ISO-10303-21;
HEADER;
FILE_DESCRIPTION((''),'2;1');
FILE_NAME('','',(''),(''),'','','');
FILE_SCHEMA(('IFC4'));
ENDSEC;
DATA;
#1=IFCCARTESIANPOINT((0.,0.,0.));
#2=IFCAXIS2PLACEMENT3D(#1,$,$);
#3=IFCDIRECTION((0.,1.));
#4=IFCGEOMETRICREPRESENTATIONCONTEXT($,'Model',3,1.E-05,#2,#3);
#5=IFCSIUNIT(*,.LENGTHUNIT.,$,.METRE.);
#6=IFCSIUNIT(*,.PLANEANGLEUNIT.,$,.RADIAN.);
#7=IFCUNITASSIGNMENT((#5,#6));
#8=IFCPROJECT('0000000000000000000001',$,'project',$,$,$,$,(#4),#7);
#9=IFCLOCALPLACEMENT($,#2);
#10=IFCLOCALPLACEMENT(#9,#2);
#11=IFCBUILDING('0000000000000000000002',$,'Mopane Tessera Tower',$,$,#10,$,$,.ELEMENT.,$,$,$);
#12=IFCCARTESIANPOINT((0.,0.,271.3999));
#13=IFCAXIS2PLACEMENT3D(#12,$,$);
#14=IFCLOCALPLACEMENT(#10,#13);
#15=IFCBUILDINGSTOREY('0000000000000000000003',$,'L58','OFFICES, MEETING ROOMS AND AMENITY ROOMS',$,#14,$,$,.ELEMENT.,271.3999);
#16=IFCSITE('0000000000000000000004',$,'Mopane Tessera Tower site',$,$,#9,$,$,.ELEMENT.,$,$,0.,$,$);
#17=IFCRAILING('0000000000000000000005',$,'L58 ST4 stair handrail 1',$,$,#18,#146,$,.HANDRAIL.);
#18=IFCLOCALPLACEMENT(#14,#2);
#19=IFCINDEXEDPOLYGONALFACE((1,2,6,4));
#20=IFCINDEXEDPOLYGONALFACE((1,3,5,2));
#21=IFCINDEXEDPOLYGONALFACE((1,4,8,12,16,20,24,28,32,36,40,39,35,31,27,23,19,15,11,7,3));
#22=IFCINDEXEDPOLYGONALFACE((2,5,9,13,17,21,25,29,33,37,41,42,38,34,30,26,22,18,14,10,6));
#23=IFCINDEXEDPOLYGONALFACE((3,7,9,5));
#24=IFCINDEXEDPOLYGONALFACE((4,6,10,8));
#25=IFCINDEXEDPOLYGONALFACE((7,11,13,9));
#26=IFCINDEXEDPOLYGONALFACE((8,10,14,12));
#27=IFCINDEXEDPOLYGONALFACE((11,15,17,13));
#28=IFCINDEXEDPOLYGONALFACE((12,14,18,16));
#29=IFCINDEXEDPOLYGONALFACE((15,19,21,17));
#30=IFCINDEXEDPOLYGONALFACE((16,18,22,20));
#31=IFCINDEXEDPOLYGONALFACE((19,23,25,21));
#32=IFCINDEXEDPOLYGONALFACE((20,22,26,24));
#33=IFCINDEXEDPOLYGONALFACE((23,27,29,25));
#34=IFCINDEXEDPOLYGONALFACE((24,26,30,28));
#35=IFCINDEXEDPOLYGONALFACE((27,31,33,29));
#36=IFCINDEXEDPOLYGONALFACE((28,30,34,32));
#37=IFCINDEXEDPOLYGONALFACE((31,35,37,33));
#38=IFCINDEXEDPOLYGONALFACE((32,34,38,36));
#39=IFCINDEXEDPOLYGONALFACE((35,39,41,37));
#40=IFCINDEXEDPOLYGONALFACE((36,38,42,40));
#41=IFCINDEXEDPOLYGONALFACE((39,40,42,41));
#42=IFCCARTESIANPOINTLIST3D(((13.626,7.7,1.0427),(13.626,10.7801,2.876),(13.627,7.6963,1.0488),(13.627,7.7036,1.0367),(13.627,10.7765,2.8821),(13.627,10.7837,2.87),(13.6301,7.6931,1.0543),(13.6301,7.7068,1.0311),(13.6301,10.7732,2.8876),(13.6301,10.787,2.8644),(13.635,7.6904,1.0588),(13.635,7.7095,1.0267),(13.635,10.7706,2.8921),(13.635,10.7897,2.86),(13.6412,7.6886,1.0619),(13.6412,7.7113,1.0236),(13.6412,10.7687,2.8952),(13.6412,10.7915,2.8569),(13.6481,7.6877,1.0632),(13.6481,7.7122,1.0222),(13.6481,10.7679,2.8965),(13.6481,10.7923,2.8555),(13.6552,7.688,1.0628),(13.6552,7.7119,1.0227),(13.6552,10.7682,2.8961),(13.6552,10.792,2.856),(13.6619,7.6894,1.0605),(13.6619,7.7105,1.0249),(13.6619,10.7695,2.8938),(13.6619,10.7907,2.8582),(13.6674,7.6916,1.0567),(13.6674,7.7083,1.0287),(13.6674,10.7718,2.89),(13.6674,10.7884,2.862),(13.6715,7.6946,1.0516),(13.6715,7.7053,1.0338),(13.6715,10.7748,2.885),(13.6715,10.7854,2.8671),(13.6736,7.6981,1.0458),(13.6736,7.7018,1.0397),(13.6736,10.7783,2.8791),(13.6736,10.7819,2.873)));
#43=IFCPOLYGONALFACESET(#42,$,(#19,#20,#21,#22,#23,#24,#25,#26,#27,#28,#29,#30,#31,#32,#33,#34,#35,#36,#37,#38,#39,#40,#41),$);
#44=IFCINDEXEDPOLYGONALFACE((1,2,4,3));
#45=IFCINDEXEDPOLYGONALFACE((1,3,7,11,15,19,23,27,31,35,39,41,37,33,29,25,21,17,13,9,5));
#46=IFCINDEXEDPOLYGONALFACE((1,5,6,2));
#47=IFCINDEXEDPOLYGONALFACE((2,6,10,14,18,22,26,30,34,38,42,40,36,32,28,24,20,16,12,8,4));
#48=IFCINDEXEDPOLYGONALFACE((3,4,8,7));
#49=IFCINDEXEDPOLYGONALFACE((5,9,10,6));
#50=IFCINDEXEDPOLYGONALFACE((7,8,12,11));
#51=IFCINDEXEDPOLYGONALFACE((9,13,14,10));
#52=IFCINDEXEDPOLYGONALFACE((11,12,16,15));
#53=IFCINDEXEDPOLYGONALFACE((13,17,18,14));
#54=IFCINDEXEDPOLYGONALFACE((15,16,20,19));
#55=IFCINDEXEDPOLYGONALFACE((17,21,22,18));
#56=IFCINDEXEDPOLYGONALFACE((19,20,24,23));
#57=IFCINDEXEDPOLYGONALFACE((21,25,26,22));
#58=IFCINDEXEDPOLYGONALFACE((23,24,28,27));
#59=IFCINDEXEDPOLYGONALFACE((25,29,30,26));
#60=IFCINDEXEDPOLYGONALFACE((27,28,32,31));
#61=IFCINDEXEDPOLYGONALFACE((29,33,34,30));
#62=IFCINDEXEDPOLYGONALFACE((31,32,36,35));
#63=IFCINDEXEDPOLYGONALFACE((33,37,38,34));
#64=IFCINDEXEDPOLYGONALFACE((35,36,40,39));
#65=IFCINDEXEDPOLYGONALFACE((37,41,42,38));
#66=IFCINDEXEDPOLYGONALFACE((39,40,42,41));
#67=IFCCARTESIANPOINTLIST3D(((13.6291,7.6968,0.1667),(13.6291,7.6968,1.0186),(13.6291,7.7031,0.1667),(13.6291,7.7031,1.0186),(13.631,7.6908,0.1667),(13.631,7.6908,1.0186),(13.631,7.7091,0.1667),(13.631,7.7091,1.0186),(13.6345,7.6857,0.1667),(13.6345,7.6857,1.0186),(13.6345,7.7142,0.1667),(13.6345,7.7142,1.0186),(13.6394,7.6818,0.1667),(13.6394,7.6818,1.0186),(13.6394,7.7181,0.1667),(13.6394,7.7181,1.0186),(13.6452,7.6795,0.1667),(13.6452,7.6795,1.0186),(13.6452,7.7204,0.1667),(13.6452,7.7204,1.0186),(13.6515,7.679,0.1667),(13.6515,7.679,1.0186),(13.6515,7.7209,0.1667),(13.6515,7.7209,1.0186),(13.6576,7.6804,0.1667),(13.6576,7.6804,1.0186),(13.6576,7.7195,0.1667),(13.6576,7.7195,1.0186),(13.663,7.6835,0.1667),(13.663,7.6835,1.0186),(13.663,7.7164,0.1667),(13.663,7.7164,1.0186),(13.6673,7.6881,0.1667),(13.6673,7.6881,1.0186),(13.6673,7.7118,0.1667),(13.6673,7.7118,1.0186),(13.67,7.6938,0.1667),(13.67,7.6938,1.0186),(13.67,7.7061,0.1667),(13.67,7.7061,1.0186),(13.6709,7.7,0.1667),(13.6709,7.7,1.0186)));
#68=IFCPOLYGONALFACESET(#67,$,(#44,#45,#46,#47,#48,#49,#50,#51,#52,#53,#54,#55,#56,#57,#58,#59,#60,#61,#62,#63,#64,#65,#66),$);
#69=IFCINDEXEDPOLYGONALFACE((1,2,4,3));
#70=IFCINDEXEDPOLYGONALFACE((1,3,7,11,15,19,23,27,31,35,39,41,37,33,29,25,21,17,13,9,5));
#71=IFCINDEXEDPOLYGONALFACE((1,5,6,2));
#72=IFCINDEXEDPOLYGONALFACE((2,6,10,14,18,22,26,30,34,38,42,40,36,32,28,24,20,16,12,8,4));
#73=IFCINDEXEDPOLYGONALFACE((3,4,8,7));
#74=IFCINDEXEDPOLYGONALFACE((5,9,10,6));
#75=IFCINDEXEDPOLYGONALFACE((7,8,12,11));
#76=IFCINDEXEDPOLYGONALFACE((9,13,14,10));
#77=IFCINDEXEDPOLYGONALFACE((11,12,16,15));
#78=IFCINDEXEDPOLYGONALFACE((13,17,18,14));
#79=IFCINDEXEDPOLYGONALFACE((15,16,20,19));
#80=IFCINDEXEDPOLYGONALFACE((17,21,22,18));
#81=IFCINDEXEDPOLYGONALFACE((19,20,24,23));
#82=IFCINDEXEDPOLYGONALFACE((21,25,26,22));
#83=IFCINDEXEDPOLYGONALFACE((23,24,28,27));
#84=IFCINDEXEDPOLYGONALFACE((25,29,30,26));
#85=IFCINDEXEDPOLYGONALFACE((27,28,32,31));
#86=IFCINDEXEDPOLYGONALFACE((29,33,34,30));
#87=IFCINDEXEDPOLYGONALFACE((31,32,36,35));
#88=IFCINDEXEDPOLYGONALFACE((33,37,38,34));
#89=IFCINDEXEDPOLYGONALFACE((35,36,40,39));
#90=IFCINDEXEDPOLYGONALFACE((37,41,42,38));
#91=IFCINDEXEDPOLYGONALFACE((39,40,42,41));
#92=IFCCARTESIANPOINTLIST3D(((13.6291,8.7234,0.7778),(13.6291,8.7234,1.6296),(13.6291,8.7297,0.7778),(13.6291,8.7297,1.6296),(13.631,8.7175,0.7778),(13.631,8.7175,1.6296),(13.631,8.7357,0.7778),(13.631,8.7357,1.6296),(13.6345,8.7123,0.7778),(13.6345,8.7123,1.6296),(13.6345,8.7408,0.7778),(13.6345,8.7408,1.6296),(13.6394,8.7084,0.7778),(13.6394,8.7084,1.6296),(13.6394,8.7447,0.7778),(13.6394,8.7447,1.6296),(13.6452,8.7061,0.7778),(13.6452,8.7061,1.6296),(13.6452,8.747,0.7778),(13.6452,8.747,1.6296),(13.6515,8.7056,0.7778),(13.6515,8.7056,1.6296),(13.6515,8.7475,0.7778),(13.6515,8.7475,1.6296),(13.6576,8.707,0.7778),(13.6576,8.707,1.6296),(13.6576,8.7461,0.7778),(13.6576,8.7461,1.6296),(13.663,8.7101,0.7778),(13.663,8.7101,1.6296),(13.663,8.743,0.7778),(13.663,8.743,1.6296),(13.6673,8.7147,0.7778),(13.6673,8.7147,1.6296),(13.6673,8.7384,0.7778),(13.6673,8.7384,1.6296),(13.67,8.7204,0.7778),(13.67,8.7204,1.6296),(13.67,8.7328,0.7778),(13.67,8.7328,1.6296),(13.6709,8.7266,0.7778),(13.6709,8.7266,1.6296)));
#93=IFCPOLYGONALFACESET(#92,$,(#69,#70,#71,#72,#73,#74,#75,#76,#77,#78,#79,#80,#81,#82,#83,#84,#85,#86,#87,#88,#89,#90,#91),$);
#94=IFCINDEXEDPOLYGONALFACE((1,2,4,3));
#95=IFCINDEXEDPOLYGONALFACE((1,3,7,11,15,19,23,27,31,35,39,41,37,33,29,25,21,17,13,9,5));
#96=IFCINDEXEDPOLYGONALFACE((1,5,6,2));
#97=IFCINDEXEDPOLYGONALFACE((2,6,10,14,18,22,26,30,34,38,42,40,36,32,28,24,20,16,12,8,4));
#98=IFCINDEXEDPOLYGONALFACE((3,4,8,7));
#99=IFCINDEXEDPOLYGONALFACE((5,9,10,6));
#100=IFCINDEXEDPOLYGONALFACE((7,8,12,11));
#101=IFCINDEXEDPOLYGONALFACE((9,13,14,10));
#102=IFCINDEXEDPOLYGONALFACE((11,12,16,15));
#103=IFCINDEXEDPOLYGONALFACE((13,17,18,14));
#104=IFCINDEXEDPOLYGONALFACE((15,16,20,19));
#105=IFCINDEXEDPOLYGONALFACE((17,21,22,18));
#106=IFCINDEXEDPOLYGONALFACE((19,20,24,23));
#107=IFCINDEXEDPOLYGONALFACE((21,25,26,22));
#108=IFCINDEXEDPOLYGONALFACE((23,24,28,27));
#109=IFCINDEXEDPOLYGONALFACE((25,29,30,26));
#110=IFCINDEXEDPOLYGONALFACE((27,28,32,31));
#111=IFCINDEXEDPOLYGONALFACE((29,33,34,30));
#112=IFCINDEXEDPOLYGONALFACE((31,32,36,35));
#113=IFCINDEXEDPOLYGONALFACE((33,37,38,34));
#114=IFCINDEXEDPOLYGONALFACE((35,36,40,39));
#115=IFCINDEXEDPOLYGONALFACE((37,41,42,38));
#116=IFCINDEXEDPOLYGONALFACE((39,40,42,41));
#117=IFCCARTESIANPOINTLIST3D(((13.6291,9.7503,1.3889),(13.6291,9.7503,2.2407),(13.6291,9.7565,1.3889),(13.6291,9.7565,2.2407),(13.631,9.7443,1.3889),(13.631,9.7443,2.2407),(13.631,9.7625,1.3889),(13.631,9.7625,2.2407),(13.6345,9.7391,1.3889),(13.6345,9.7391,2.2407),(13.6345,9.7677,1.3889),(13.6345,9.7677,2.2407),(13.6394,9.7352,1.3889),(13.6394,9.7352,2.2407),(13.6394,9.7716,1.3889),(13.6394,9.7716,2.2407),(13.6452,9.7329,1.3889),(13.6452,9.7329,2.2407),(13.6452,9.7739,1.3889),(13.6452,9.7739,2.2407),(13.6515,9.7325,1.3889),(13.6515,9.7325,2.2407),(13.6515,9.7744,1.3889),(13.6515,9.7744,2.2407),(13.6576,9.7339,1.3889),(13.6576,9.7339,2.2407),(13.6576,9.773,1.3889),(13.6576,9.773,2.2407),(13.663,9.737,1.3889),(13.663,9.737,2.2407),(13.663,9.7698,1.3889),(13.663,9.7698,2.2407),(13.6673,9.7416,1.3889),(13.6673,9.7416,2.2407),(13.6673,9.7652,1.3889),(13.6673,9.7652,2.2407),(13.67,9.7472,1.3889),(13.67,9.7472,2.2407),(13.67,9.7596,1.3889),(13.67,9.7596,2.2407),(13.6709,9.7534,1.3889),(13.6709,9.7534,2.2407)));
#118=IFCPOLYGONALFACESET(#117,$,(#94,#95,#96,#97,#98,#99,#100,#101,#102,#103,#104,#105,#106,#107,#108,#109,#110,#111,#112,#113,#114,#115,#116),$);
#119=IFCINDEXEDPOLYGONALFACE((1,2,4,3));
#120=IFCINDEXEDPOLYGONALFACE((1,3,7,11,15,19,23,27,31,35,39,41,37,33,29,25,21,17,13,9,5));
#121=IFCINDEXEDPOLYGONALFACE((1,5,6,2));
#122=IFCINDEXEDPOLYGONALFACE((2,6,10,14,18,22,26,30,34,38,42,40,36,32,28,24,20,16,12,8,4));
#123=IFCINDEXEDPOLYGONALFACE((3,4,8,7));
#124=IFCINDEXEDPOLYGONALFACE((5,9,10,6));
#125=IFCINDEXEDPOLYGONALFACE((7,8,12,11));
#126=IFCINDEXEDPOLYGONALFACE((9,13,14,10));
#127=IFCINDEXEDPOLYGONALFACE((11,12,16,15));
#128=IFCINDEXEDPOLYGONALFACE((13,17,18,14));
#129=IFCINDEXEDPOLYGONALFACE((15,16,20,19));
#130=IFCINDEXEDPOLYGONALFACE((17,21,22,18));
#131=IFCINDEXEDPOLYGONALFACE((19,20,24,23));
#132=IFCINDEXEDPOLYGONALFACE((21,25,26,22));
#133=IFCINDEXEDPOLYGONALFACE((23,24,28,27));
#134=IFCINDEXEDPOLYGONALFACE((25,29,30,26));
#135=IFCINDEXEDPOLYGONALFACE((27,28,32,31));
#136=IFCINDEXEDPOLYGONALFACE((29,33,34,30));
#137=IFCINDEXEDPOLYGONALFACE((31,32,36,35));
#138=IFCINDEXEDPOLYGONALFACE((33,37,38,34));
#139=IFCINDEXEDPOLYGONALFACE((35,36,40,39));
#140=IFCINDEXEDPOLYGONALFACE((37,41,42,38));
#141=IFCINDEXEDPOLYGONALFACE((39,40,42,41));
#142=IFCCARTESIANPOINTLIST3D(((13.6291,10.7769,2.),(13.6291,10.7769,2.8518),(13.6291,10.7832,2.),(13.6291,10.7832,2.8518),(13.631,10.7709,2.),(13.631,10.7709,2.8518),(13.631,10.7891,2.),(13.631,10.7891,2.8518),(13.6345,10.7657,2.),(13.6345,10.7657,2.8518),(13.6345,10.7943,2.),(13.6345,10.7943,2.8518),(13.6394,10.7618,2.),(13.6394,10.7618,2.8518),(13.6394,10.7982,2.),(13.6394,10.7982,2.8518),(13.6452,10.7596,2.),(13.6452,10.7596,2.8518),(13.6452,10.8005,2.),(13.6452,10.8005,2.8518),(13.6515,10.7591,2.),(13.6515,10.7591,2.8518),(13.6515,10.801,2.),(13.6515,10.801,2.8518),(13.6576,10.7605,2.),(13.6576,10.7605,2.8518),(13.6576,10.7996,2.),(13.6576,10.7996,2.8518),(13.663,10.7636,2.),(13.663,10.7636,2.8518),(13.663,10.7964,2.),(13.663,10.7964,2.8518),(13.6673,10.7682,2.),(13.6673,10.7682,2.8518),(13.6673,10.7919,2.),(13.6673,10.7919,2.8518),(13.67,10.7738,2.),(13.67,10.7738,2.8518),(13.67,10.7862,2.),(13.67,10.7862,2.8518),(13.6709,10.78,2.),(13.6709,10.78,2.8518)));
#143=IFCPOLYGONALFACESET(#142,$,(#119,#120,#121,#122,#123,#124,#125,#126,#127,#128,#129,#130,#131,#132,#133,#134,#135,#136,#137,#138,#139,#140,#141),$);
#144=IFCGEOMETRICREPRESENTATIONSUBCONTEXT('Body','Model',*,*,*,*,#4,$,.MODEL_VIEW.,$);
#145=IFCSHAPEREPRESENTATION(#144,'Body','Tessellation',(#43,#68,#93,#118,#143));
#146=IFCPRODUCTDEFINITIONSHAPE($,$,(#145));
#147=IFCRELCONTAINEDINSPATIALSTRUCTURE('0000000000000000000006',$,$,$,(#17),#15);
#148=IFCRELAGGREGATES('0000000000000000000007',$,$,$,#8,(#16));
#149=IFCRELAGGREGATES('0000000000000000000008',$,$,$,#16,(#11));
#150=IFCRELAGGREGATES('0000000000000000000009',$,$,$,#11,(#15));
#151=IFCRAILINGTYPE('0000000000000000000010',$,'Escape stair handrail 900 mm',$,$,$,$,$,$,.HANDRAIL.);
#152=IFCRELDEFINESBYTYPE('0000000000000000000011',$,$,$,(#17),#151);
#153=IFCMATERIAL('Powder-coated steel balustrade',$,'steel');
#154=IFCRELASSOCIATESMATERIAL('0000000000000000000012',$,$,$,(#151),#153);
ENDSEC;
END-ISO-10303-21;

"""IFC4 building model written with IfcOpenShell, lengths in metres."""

from ifc_helpers import new_model, si_unit, direction, frame, origin, origin_2d, place, context, subcontext, project, spatial, circle, extrude, material, type_object, element, save


model = new_model("IFC4")

# Units and contexts
model_context = context("Model", 3, precision=1e-05, world=origin(), true_north=direction((0.0, 1.0)))
body_context = subcontext(model_context, "Body", "Model", "MODEL_VIEW")
ifc_project = project(units=[si_unit("LENGTHUNIT", "METRE"), si_unit("PLANEANGLEUNIT", "RADIAN")], contexts=[model_context])

# Site, building, storey
site_placement = place(None, origin())
site = spatial("IfcSite", under=ifc_project, at=site_placement, Name="Mopane Tessera Tower site", CompositionType="ELEMENT", RefElevation=0.0)
building_placement = place(site_placement, origin())
building = spatial("IfcBuilding", under=site, at=building_placement, Name="Mopane Tessera Tower", CompositionType="ELEMENT")
storey_placement = place(building_placement, frame((0.0, 0.0, 271.3999)))
storey = spatial("IfcBuildingStorey", under=building, at=storey_placement, Name="L58", Description="OFFICES, MEETING ROOMS AND AMENITY ROOMS", CompositionType="ELEMENT", Elevation=271.3999)

# Railing
ifc_material_1 = material(Name="Powder-coated steel balustrade", Category="steel")
railing_type = type_object("IfcRailingType", Name="Escape stair handrail 900 mm", PredefinedType="HANDRAIL", material=ifc_material_1)
railing_placement = place(storey_placement, frame((13.6499, 7.7, 0.1667)))
element("IfcRailing", 1, at=railing_placement, inside=storey, type_object=railing_type, Name="L58 ST4 stair handrail 1", PredefinedType="HANDRAIL", context=body_context, shape_type="SweptSolid", body=[
    extrude(circle(Radius=0.0239, at=origin_2d()), frame((0.0, 0.0, 0.876), z_axis=(0.0, 0.859309, 0.511458), x_axis=(-1.0, 0.0, 0.0)), (0.0, 0.0, 1.0), 3.5845),
    extrude(circle(Radius=0.021, at=origin_2d()), origin(), (0.0, 0.0, 1.0), 0.8518),
    extrude(circle(Radius=0.021, at=origin_2d()), frame((0.0, 1.0266, 0.6111)), (0.0, 0.0, 1.0), 0.8518),
    extrude(circle(Radius=0.021, at=origin_2d()), frame((0.0, 2.0535, 1.2222)), (0.0, 0.0, 1.0), 0.8518),
    extrude(circle(Radius=0.021, at=origin_2d()), frame((0.0, 3.0801, 1.8333)), (0.0, 0.0, 1.0), 0.8518),
])

save(model, "model.ifc")
